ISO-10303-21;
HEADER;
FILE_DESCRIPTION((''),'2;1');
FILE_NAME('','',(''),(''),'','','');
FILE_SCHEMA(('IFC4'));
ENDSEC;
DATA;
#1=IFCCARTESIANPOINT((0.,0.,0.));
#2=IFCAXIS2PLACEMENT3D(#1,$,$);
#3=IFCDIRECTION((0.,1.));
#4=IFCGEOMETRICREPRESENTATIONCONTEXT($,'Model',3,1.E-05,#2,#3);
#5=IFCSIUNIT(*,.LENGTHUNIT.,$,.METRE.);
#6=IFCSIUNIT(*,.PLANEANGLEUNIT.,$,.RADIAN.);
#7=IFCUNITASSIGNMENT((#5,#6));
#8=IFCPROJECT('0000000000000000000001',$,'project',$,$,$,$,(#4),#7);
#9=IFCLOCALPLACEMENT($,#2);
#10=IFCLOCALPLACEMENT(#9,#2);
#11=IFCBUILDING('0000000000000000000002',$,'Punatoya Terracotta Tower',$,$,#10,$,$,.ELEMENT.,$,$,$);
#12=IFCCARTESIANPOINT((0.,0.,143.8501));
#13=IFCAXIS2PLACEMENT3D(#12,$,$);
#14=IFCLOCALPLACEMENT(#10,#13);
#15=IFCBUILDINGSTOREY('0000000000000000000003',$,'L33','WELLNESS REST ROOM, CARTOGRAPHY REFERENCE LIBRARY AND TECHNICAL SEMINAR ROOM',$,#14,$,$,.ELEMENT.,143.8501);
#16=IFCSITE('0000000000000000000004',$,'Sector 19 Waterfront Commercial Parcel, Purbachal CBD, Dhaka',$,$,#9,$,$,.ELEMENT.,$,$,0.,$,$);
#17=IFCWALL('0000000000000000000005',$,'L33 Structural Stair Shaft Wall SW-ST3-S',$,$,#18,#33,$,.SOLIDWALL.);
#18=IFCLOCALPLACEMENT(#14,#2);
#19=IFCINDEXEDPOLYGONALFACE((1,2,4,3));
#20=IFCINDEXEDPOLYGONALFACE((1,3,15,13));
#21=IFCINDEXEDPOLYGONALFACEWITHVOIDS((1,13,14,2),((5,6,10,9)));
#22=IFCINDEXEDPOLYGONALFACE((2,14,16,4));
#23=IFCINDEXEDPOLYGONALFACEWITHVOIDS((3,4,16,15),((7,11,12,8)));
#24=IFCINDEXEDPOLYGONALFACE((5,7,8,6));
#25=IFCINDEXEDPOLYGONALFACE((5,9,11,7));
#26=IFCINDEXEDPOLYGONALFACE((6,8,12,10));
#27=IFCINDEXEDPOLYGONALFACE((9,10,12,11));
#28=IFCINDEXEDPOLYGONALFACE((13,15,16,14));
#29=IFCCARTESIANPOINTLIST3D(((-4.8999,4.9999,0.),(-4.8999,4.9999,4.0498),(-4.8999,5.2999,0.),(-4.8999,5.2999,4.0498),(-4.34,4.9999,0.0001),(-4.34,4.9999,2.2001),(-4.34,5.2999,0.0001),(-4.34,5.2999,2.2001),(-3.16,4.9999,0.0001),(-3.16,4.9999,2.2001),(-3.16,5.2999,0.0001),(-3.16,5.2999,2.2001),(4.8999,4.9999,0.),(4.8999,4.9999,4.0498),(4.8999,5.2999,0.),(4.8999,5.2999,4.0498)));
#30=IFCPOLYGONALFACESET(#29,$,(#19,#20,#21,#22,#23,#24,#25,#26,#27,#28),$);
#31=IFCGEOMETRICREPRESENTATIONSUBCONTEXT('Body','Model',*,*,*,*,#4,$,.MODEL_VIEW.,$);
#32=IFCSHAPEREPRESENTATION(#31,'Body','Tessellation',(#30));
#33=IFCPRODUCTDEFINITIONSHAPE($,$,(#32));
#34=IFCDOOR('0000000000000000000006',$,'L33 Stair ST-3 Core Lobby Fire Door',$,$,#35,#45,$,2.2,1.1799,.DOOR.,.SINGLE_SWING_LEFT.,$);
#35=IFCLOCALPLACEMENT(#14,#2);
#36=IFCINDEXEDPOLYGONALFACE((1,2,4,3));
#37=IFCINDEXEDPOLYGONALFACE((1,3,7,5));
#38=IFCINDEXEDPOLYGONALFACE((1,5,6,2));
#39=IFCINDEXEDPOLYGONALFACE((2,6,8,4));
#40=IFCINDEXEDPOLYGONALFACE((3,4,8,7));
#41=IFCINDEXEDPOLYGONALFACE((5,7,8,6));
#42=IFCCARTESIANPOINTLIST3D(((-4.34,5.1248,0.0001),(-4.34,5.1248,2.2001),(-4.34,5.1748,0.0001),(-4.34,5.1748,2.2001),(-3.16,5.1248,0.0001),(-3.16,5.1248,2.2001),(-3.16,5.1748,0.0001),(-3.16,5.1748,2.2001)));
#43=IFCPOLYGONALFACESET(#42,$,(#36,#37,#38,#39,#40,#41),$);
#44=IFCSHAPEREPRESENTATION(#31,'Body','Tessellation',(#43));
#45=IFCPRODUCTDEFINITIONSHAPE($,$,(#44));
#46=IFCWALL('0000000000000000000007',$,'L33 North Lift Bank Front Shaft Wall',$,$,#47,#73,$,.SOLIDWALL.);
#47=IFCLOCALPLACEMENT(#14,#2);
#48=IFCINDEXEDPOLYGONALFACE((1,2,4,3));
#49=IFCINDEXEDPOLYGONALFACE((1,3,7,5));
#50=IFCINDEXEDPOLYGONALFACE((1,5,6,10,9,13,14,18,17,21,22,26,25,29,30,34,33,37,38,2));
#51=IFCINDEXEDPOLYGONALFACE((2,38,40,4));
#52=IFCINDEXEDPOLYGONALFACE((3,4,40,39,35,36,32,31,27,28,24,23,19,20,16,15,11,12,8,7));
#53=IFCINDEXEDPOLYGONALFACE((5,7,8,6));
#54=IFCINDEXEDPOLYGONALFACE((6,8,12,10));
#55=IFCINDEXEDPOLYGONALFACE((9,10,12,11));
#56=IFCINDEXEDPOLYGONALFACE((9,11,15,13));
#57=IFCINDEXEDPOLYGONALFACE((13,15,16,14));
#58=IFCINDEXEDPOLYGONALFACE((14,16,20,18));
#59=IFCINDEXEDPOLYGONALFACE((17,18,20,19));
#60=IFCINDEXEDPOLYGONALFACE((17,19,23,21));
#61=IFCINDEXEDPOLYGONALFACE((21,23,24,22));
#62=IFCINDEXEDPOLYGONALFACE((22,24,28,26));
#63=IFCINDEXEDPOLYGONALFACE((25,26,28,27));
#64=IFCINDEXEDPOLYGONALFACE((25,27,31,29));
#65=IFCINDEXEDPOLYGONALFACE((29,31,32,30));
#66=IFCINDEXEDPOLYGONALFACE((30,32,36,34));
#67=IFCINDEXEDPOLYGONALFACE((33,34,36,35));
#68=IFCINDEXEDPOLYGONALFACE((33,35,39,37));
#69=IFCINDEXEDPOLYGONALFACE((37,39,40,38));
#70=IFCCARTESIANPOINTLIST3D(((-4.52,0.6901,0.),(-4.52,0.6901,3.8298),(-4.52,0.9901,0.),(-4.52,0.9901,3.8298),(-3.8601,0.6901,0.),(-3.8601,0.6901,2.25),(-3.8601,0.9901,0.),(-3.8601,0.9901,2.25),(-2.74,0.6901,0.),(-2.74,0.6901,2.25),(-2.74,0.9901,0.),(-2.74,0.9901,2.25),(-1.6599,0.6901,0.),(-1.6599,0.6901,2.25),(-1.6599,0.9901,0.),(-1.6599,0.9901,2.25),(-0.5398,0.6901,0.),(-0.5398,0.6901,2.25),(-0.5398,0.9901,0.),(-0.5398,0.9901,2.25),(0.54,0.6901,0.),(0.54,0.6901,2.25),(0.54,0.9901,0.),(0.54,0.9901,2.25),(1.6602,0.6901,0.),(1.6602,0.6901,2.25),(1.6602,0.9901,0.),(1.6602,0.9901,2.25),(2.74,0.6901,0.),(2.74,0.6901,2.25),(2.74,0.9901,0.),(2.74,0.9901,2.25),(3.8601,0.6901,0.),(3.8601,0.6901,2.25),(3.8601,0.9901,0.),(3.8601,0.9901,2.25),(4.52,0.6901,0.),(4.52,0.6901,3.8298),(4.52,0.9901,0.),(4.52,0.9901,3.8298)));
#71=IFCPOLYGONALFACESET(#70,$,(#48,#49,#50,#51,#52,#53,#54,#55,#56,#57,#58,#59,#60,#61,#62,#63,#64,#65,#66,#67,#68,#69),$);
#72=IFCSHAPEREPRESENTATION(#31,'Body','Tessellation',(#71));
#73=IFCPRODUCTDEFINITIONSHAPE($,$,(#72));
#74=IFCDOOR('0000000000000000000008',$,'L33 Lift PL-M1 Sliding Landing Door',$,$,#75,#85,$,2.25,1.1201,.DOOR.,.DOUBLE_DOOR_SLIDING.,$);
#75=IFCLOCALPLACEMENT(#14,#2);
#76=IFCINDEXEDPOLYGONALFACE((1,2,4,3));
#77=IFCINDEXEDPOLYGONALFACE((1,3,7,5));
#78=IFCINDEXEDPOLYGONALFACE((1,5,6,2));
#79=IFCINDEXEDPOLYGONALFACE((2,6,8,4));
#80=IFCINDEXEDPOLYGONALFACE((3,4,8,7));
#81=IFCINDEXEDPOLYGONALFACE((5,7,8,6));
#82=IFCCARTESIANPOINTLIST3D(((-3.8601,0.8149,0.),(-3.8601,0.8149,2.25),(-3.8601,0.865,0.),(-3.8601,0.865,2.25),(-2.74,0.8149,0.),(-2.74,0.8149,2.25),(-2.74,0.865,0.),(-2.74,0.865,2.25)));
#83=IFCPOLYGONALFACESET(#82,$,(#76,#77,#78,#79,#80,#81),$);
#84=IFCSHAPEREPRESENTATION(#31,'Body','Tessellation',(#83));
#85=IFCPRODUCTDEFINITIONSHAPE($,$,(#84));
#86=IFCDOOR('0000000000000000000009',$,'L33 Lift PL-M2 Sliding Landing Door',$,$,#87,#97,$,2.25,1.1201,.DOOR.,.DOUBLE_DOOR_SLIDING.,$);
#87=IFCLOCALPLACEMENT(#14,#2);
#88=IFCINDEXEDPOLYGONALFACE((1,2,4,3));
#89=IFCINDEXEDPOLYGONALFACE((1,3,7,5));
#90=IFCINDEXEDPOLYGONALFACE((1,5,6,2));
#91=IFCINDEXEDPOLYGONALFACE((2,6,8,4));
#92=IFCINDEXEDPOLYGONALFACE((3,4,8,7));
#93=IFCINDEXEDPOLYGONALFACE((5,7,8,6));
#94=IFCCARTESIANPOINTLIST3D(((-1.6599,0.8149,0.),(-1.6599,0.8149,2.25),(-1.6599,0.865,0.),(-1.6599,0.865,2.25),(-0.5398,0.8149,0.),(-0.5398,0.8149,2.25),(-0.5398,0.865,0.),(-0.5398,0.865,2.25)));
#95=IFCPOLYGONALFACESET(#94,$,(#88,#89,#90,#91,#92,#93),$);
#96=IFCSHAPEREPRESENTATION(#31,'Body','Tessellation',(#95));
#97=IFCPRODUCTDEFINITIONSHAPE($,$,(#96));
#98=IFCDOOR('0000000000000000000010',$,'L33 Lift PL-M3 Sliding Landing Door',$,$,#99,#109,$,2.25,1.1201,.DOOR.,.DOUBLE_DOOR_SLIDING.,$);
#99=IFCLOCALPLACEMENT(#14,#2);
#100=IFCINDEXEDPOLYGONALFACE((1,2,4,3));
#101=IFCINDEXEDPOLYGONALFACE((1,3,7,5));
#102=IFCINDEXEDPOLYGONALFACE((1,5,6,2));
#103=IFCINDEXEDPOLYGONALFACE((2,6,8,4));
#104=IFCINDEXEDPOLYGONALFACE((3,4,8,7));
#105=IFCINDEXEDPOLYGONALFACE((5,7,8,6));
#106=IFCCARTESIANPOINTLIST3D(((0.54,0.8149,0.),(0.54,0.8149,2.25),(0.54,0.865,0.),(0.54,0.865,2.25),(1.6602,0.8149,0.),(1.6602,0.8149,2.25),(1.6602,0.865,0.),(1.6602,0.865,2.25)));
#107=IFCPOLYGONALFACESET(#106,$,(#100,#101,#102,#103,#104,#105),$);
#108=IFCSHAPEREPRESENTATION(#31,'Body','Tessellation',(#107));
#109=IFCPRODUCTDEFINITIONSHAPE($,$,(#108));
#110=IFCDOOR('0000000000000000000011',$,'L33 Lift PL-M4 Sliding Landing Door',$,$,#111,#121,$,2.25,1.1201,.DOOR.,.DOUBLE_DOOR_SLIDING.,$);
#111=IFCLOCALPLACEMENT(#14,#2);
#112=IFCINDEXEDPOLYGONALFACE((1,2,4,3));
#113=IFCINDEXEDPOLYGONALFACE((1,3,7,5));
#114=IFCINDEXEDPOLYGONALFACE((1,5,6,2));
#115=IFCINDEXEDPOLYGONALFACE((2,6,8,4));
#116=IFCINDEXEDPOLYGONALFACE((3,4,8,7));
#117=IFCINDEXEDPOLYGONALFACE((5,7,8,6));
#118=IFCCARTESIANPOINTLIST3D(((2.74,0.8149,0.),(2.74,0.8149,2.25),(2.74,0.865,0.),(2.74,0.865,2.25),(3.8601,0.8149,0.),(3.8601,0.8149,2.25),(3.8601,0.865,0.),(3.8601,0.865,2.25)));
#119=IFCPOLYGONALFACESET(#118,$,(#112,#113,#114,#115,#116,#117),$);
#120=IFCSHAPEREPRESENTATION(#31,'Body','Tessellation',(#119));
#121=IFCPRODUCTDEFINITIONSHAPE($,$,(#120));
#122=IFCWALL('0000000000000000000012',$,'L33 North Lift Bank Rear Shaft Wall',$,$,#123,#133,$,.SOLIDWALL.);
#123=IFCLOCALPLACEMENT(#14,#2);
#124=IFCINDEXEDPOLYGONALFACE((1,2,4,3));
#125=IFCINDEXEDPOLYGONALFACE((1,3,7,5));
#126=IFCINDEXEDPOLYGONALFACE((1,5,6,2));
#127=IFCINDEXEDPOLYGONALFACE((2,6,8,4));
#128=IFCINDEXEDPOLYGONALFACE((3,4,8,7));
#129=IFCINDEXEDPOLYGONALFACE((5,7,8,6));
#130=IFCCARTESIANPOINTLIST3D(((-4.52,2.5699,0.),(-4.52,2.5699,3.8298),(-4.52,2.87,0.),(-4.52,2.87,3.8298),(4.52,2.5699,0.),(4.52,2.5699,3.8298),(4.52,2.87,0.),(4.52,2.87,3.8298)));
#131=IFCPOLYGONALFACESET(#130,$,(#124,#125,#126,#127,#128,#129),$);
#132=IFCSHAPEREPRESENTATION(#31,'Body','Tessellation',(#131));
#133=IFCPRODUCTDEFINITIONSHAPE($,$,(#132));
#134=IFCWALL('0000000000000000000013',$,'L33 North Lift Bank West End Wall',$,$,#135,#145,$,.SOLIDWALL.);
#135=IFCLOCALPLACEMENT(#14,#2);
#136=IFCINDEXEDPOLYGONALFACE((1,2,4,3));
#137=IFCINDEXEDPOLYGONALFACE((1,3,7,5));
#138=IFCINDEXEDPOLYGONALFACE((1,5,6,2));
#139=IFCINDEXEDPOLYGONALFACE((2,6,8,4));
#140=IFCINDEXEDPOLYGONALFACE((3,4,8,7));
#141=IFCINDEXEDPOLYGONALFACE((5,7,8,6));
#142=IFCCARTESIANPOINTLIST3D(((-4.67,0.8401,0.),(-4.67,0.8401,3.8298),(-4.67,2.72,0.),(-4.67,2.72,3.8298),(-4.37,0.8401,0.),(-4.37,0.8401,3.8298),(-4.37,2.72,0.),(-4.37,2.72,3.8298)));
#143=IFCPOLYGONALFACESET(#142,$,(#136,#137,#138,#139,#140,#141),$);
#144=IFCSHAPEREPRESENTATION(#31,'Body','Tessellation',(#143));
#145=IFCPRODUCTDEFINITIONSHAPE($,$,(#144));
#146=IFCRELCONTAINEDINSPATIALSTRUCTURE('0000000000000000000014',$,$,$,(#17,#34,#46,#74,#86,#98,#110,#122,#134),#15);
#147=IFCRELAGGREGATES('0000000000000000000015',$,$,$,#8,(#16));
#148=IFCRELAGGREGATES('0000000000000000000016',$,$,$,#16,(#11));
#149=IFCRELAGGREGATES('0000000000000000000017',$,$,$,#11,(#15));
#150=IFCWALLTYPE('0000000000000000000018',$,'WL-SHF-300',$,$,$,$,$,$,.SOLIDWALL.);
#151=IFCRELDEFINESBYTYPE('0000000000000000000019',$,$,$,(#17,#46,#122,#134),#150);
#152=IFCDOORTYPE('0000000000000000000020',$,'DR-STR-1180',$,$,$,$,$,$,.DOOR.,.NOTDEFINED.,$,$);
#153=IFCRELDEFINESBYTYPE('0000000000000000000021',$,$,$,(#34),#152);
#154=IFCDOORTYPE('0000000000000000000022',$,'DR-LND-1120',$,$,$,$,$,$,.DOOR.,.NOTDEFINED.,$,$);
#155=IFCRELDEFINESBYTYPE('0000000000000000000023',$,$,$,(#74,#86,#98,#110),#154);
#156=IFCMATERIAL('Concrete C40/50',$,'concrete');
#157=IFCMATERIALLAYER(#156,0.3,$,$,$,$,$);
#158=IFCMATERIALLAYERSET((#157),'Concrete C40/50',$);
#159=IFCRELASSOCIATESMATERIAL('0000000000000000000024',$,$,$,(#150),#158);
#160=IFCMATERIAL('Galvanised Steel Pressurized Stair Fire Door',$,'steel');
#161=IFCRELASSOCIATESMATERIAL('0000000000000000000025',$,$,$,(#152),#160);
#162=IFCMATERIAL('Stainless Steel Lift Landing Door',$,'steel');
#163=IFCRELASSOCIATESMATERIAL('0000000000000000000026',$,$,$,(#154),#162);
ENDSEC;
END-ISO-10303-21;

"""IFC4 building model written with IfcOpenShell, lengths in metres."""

from ifc_helpers import new_model, si_unit, direction, frame, frame_2d, origin, place, context, subcontext, project, spatial, rectangle, extrude, material, layer, layer_set, type_object, element, fill, save


model = new_model("IFC4")

# Units and contexts
model_context = context("Model", 3, precision=1e-05, world=origin(), true_north=direction((0.0, 1.0)))
body_context = subcontext(model_context, "Body", "Model", "MODEL_VIEW")
ifc_project = project(units=[si_unit("LENGTHUNIT", "METRE"), si_unit("PLANEANGLEUNIT", "RADIAN")], contexts=[model_context])

# Site, building, storey
site_placement = place(None, origin())
site = spatial("IfcSite", under=ifc_project, at=site_placement, Name="Sector 19 Waterfront Commercial Parcel, Purbachal CBD, Dhaka", CompositionType="ELEMENT", RefElevation=0.0)
building_placement = place(site_placement, origin())
building = spatial("IfcBuilding", under=site, at=building_placement, Name="Punatoya Terracotta Tower", CompositionType="ELEMENT")
storey_placement = place(building_placement, frame((0.0, 0.0, 143.8501)))
storey = spatial("IfcBuildingStorey", under=building, at=storey_placement, Name="L33", Description="WELLNESS REST ROOM, CARTOGRAPHY REFERENCE LIBRARY AND TECHNICAL SEMINAR ROOM", CompositionType="ELEMENT", Elevation=143.8501)

# Shared definitions
ifc_material_1 = material(Name="Concrete C40/50", Category="concrete")

# Shared definitions
ifc_layer_1 = layer(ifc_material_1, 0.3)
ifc_layer_set_1 = layer_set([ifc_layer_1], Name="Concrete C40/50")
wall_type_1 = type_object("IfcWallType", Name="WL-SHF-300", PredefinedType="SOLIDWALL", material=ifc_layer_set_1)

# Wall, opening, door
wall_1_placement = place(storey_placement, frame((-4.8999, 5.1499, 0.0), z_axis=(0.0, 0.0, 1.0), x_axis=(1.0, 0.0, 0.0)))
wall_1 = element("IfcWall", 1, at=wall_1_placement, inside=storey, type_object=wall_type_1, Name="L33 Structural Stair Shaft Wall SW-ST3-S", PredefinedType="SOLIDWALL", context=body_context, shape_type="SweptSolid", body=[
    extrude(rectangle(XDim=9.7998, YDim=0.3, at=frame_2d((4.8999, 0.0))), origin(), (0.0, 0.0, 1.0), 4.0498),
])
opening_1_placement = place(wall_1_placement, frame((0.5601, 0.0, 0.0)))
opening_1 = element("IfcOpeningElement", 2, at=opening_1_placement, cuts=wall_1, PredefinedType="OPENING", context=body_context, shape_type="SweptSolid", body=[
    extrude(rectangle(XDim=1.1799, YDim=2.2, at=frame_2d((0.5898, 1.1001))), frame((0.0, 0.1599, 0.0), z_axis=(0.0, -1.0, 0.0), x_axis=(1.0, 0.0, 0.0)), (0.0, 0.0, 1.0), 0.3201),
])
ifc_material_2 = material(Name="Galvanised Steel Pressurized Stair Fire Door", Category="steel")
door_type_1 = type_object("IfcDoorType", Name="DR-STR-1180", OperationType="NOTDEFINED", PredefinedType="DOOR", material=ifc_material_2)
door_1_placement = place(opening_1_placement, origin())
door_1 = element("IfcDoor", 3, at=door_1_placement, inside=storey, type_object=door_type_1, Name="L33 Stair ST-3 Core Lobby Fire Door", OperationType="SINGLE_SWING_LEFT", OverallHeight=2.2, OverallWidth=1.1799, PredefinedType="DOOR", context=body_context, shape_type="SweptSolid", body=[
    extrude(rectangle(XDim=1.1799, YDim=2.2, at=frame_2d((0.5898, 1.1001))), frame((0.0, 0.0249, 0.0), z_axis=(0.0, -1.0, 0.0), x_axis=(1.0, 0.0, 0.0)), (0.0, 0.0, 1.0), 0.05),
])
fill(opening_1, door_1)

# Wall, openings, doors
wall_2_placement = place(storey_placement, frame((-4.52, 0.8401, 0.0), z_axis=(0.0, 0.0, 1.0), x_axis=(1.0, 0.0, 0.0)))
wall_2 = element("IfcWall", 4, at=wall_2_placement, inside=storey, type_object=wall_type_1, Name="L33 North Lift Bank Front Shaft Wall", PredefinedType="SOLIDWALL", context=body_context, shape_type="SweptSolid", body=[
    extrude(rectangle(XDim=9.04, YDim=0.3, at=frame_2d((4.52, 0.0))), origin(), (0.0, 0.0, 1.0), 3.8298),
])
opening_2_placement = place(wall_2_placement, frame((0.6599, 0.0, 0.0)))
opening_2 = element("IfcOpeningElement", 5, at=opening_2_placement, cuts=wall_2, PredefinedType="OPENING", context=body_context, shape_type="SweptSolid", body=[
    extrude(rectangle(XDim=1.1201, YDim=2.25, at=frame_2d((0.5601, 1.125))), frame((0.0, 0.1599, 0.0), z_axis=(0.0, -1.0, 0.0), x_axis=(1.0, 0.0, 0.0)), (0.0, 0.0, 1.0), 0.3201),
])
opening_3_placement = place(wall_2_placement, frame((2.8601, 0.0, 0.0)))
opening_3 = element("IfcOpeningElement", 6, at=opening_3_placement, cuts=wall_2, PredefinedType="OPENING", context=body_context, shape_type="SweptSolid", body=[
    extrude(rectangle(XDim=1.1201, YDim=2.25, at=frame_2d((0.5601, 1.125))), frame((0.0, 0.1599, 0.0), z_axis=(0.0, -1.0, 0.0), x_axis=(1.0, 0.0, 0.0)), (0.0, 0.0, 1.0), 0.3201),
])
opening_4_placement = place(wall_2_placement, frame((5.0601, 0.0, 0.0)))
opening_4 = element("IfcOpeningElement", 7, at=opening_4_placement, cuts=wall_2, PredefinedType="OPENING", context=body_context, shape_type="SweptSolid", body=[
    extrude(rectangle(XDim=1.1201, YDim=2.25, at=frame_2d((0.5601, 1.125))), frame((0.0, 0.1599, 0.0), z_axis=(0.0, -1.0, 0.0), x_axis=(1.0, 0.0, 0.0)), (0.0, 0.0, 1.0), 0.3201),
])
opening_5_placement = place(wall_2_placement, frame((7.26, 0.0, 0.0)))
opening_5 = element("IfcOpeningElement", 8, at=opening_5_placement, cuts=wall_2, PredefinedType="OPENING", context=body_context, shape_type="SweptSolid", body=[
    extrude(rectangle(XDim=1.1201, YDim=2.25, at=frame_2d((0.5601, 1.125))), frame((0.0, 0.1599, 0.0), z_axis=(0.0, -1.0, 0.0), x_axis=(1.0, 0.0, 0.0)), (0.0, 0.0, 1.0), 0.3201),
])
ifc_material_3 = material(Name="Stainless Steel Lift Landing Door", Category="steel")
door_type_2 = type_object("IfcDoorType", Name="DR-LND-1120", OperationType="NOTDEFINED", PredefinedType="DOOR", material=ifc_material_3)
door_2_placement = place(opening_2_placement, origin())
door_2 = element("IfcDoor", 9, at=door_2_placement, inside=storey, type_object=door_type_2, Name="L33 Lift PL-M1 Sliding Landing Door", OperationType="DOUBLE_DOOR_SLIDING", OverallHeight=2.25, OverallWidth=1.1201, PredefinedType="DOOR", context=body_context, shape_type="SweptSolid", body=[
    extrude(rectangle(XDim=1.1201, YDim=2.25, at=frame_2d((0.5601, 1.125))), frame((0.0, 0.0249, 0.0), z_axis=(0.0, -1.0, 0.0), x_axis=(1.0, 0.0, 0.0)), (0.0, 0.0, 1.0), 0.05),
])
fill(opening_2, door_2)
door_3_placement = place(opening_3_placement, origin())
door_3 = element("IfcDoor", 10, at=door_3_placement, inside=storey, type_object=door_type_2, Name="L33 Lift PL-M2 Sliding Landing Door", OperationType="DOUBLE_DOOR_SLIDING", OverallHeight=2.25, OverallWidth=1.1201, PredefinedType="DOOR", context=body_context, shape_type="SweptSolid", body=[
    extrude(rectangle(XDim=1.1201, YDim=2.25, at=frame_2d((0.5601, 1.125))), frame((0.0, 0.0249, 0.0), z_axis=(0.0, -1.0, 0.0), x_axis=(1.0, 0.0, 0.0)), (0.0, 0.0, 1.0), 0.05),
])
fill(opening_3, door_3)
door_4_placement = place(opening_4_placement, origin())
door_4 = element("IfcDoor", 11, at=door_4_placement, inside=storey, type_object=door_type_2, Name="L33 Lift PL-M3 Sliding Landing Door", OperationType="DOUBLE_DOOR_SLIDING", OverallHeight=2.25, OverallWidth=1.1201, PredefinedType="DOOR", context=body_context, shape_type="SweptSolid", body=[
    extrude(rectangle(XDim=1.1201, YDim=2.25, at=frame_2d((0.5601, 1.125))), frame((0.0, 0.0249, 0.0), z_axis=(0.0, -1.0, 0.0), x_axis=(1.0, 0.0, 0.0)), (0.0, 0.0, 1.0), 0.05),
])
fill(opening_4, door_4)
door_5_placement = place(opening_5_placement, origin())
door_5 = element("IfcDoor", 12, at=door_5_placement, inside=storey, type_object=door_type_2, Name="L33 Lift PL-M4 Sliding Landing Door", OperationType="DOUBLE_DOOR_SLIDING", OverallHeight=2.25, OverallWidth=1.1201, PredefinedType="DOOR", context=body_context, shape_type="SweptSolid", body=[
    extrude(rectangle(XDim=1.1201, YDim=2.25, at=frame_2d((0.5601, 1.125))), frame((0.0, 0.0249, 0.0), z_axis=(0.0, -1.0, 0.0), x_axis=(1.0, 0.0, 0.0)), (0.0, 0.0, 1.0), 0.05),
])
fill(opening_5, door_5)

# Walls
wall_3_placement = place(storey_placement, frame((-4.52, 2.72, 0.0), z_axis=(0.0, 0.0, 1.0), x_axis=(1.0, 0.0, 0.0)))
element("IfcWall", 13, at=wall_3_placement, inside=storey, type_object=wall_type_1, Name="L33 North Lift Bank Rear Shaft Wall", PredefinedType="SOLIDWALL", context=body_context, shape_type="SweptSolid", body=[
    extrude(rectangle(XDim=9.04, YDim=0.3, at=frame_2d((4.52, 0.0))), origin(), (0.0, 0.0, 1.0), 3.8298),
])
wall_4_placement = place(storey_placement, frame((-4.52, 0.8401, 0.0), z_axis=(0.0, 0.0, 1.0), x_axis=(0.0, 1.0, 0.0)))
element("IfcWall", 14, at=wall_4_placement, inside=storey, type_object=wall_type_1, Name="L33 North Lift Bank West End Wall", PredefinedType="SOLIDWALL", context=body_context, shape_type="SweptSolid", body=[
    extrude(rectangle(XDim=1.8799, YDim=0.3, at=frame_2d((0.9399, 0.0))), origin(), (0.0, 0.0, 1.0), 3.8298),
])

save(model, "model.ifc")
